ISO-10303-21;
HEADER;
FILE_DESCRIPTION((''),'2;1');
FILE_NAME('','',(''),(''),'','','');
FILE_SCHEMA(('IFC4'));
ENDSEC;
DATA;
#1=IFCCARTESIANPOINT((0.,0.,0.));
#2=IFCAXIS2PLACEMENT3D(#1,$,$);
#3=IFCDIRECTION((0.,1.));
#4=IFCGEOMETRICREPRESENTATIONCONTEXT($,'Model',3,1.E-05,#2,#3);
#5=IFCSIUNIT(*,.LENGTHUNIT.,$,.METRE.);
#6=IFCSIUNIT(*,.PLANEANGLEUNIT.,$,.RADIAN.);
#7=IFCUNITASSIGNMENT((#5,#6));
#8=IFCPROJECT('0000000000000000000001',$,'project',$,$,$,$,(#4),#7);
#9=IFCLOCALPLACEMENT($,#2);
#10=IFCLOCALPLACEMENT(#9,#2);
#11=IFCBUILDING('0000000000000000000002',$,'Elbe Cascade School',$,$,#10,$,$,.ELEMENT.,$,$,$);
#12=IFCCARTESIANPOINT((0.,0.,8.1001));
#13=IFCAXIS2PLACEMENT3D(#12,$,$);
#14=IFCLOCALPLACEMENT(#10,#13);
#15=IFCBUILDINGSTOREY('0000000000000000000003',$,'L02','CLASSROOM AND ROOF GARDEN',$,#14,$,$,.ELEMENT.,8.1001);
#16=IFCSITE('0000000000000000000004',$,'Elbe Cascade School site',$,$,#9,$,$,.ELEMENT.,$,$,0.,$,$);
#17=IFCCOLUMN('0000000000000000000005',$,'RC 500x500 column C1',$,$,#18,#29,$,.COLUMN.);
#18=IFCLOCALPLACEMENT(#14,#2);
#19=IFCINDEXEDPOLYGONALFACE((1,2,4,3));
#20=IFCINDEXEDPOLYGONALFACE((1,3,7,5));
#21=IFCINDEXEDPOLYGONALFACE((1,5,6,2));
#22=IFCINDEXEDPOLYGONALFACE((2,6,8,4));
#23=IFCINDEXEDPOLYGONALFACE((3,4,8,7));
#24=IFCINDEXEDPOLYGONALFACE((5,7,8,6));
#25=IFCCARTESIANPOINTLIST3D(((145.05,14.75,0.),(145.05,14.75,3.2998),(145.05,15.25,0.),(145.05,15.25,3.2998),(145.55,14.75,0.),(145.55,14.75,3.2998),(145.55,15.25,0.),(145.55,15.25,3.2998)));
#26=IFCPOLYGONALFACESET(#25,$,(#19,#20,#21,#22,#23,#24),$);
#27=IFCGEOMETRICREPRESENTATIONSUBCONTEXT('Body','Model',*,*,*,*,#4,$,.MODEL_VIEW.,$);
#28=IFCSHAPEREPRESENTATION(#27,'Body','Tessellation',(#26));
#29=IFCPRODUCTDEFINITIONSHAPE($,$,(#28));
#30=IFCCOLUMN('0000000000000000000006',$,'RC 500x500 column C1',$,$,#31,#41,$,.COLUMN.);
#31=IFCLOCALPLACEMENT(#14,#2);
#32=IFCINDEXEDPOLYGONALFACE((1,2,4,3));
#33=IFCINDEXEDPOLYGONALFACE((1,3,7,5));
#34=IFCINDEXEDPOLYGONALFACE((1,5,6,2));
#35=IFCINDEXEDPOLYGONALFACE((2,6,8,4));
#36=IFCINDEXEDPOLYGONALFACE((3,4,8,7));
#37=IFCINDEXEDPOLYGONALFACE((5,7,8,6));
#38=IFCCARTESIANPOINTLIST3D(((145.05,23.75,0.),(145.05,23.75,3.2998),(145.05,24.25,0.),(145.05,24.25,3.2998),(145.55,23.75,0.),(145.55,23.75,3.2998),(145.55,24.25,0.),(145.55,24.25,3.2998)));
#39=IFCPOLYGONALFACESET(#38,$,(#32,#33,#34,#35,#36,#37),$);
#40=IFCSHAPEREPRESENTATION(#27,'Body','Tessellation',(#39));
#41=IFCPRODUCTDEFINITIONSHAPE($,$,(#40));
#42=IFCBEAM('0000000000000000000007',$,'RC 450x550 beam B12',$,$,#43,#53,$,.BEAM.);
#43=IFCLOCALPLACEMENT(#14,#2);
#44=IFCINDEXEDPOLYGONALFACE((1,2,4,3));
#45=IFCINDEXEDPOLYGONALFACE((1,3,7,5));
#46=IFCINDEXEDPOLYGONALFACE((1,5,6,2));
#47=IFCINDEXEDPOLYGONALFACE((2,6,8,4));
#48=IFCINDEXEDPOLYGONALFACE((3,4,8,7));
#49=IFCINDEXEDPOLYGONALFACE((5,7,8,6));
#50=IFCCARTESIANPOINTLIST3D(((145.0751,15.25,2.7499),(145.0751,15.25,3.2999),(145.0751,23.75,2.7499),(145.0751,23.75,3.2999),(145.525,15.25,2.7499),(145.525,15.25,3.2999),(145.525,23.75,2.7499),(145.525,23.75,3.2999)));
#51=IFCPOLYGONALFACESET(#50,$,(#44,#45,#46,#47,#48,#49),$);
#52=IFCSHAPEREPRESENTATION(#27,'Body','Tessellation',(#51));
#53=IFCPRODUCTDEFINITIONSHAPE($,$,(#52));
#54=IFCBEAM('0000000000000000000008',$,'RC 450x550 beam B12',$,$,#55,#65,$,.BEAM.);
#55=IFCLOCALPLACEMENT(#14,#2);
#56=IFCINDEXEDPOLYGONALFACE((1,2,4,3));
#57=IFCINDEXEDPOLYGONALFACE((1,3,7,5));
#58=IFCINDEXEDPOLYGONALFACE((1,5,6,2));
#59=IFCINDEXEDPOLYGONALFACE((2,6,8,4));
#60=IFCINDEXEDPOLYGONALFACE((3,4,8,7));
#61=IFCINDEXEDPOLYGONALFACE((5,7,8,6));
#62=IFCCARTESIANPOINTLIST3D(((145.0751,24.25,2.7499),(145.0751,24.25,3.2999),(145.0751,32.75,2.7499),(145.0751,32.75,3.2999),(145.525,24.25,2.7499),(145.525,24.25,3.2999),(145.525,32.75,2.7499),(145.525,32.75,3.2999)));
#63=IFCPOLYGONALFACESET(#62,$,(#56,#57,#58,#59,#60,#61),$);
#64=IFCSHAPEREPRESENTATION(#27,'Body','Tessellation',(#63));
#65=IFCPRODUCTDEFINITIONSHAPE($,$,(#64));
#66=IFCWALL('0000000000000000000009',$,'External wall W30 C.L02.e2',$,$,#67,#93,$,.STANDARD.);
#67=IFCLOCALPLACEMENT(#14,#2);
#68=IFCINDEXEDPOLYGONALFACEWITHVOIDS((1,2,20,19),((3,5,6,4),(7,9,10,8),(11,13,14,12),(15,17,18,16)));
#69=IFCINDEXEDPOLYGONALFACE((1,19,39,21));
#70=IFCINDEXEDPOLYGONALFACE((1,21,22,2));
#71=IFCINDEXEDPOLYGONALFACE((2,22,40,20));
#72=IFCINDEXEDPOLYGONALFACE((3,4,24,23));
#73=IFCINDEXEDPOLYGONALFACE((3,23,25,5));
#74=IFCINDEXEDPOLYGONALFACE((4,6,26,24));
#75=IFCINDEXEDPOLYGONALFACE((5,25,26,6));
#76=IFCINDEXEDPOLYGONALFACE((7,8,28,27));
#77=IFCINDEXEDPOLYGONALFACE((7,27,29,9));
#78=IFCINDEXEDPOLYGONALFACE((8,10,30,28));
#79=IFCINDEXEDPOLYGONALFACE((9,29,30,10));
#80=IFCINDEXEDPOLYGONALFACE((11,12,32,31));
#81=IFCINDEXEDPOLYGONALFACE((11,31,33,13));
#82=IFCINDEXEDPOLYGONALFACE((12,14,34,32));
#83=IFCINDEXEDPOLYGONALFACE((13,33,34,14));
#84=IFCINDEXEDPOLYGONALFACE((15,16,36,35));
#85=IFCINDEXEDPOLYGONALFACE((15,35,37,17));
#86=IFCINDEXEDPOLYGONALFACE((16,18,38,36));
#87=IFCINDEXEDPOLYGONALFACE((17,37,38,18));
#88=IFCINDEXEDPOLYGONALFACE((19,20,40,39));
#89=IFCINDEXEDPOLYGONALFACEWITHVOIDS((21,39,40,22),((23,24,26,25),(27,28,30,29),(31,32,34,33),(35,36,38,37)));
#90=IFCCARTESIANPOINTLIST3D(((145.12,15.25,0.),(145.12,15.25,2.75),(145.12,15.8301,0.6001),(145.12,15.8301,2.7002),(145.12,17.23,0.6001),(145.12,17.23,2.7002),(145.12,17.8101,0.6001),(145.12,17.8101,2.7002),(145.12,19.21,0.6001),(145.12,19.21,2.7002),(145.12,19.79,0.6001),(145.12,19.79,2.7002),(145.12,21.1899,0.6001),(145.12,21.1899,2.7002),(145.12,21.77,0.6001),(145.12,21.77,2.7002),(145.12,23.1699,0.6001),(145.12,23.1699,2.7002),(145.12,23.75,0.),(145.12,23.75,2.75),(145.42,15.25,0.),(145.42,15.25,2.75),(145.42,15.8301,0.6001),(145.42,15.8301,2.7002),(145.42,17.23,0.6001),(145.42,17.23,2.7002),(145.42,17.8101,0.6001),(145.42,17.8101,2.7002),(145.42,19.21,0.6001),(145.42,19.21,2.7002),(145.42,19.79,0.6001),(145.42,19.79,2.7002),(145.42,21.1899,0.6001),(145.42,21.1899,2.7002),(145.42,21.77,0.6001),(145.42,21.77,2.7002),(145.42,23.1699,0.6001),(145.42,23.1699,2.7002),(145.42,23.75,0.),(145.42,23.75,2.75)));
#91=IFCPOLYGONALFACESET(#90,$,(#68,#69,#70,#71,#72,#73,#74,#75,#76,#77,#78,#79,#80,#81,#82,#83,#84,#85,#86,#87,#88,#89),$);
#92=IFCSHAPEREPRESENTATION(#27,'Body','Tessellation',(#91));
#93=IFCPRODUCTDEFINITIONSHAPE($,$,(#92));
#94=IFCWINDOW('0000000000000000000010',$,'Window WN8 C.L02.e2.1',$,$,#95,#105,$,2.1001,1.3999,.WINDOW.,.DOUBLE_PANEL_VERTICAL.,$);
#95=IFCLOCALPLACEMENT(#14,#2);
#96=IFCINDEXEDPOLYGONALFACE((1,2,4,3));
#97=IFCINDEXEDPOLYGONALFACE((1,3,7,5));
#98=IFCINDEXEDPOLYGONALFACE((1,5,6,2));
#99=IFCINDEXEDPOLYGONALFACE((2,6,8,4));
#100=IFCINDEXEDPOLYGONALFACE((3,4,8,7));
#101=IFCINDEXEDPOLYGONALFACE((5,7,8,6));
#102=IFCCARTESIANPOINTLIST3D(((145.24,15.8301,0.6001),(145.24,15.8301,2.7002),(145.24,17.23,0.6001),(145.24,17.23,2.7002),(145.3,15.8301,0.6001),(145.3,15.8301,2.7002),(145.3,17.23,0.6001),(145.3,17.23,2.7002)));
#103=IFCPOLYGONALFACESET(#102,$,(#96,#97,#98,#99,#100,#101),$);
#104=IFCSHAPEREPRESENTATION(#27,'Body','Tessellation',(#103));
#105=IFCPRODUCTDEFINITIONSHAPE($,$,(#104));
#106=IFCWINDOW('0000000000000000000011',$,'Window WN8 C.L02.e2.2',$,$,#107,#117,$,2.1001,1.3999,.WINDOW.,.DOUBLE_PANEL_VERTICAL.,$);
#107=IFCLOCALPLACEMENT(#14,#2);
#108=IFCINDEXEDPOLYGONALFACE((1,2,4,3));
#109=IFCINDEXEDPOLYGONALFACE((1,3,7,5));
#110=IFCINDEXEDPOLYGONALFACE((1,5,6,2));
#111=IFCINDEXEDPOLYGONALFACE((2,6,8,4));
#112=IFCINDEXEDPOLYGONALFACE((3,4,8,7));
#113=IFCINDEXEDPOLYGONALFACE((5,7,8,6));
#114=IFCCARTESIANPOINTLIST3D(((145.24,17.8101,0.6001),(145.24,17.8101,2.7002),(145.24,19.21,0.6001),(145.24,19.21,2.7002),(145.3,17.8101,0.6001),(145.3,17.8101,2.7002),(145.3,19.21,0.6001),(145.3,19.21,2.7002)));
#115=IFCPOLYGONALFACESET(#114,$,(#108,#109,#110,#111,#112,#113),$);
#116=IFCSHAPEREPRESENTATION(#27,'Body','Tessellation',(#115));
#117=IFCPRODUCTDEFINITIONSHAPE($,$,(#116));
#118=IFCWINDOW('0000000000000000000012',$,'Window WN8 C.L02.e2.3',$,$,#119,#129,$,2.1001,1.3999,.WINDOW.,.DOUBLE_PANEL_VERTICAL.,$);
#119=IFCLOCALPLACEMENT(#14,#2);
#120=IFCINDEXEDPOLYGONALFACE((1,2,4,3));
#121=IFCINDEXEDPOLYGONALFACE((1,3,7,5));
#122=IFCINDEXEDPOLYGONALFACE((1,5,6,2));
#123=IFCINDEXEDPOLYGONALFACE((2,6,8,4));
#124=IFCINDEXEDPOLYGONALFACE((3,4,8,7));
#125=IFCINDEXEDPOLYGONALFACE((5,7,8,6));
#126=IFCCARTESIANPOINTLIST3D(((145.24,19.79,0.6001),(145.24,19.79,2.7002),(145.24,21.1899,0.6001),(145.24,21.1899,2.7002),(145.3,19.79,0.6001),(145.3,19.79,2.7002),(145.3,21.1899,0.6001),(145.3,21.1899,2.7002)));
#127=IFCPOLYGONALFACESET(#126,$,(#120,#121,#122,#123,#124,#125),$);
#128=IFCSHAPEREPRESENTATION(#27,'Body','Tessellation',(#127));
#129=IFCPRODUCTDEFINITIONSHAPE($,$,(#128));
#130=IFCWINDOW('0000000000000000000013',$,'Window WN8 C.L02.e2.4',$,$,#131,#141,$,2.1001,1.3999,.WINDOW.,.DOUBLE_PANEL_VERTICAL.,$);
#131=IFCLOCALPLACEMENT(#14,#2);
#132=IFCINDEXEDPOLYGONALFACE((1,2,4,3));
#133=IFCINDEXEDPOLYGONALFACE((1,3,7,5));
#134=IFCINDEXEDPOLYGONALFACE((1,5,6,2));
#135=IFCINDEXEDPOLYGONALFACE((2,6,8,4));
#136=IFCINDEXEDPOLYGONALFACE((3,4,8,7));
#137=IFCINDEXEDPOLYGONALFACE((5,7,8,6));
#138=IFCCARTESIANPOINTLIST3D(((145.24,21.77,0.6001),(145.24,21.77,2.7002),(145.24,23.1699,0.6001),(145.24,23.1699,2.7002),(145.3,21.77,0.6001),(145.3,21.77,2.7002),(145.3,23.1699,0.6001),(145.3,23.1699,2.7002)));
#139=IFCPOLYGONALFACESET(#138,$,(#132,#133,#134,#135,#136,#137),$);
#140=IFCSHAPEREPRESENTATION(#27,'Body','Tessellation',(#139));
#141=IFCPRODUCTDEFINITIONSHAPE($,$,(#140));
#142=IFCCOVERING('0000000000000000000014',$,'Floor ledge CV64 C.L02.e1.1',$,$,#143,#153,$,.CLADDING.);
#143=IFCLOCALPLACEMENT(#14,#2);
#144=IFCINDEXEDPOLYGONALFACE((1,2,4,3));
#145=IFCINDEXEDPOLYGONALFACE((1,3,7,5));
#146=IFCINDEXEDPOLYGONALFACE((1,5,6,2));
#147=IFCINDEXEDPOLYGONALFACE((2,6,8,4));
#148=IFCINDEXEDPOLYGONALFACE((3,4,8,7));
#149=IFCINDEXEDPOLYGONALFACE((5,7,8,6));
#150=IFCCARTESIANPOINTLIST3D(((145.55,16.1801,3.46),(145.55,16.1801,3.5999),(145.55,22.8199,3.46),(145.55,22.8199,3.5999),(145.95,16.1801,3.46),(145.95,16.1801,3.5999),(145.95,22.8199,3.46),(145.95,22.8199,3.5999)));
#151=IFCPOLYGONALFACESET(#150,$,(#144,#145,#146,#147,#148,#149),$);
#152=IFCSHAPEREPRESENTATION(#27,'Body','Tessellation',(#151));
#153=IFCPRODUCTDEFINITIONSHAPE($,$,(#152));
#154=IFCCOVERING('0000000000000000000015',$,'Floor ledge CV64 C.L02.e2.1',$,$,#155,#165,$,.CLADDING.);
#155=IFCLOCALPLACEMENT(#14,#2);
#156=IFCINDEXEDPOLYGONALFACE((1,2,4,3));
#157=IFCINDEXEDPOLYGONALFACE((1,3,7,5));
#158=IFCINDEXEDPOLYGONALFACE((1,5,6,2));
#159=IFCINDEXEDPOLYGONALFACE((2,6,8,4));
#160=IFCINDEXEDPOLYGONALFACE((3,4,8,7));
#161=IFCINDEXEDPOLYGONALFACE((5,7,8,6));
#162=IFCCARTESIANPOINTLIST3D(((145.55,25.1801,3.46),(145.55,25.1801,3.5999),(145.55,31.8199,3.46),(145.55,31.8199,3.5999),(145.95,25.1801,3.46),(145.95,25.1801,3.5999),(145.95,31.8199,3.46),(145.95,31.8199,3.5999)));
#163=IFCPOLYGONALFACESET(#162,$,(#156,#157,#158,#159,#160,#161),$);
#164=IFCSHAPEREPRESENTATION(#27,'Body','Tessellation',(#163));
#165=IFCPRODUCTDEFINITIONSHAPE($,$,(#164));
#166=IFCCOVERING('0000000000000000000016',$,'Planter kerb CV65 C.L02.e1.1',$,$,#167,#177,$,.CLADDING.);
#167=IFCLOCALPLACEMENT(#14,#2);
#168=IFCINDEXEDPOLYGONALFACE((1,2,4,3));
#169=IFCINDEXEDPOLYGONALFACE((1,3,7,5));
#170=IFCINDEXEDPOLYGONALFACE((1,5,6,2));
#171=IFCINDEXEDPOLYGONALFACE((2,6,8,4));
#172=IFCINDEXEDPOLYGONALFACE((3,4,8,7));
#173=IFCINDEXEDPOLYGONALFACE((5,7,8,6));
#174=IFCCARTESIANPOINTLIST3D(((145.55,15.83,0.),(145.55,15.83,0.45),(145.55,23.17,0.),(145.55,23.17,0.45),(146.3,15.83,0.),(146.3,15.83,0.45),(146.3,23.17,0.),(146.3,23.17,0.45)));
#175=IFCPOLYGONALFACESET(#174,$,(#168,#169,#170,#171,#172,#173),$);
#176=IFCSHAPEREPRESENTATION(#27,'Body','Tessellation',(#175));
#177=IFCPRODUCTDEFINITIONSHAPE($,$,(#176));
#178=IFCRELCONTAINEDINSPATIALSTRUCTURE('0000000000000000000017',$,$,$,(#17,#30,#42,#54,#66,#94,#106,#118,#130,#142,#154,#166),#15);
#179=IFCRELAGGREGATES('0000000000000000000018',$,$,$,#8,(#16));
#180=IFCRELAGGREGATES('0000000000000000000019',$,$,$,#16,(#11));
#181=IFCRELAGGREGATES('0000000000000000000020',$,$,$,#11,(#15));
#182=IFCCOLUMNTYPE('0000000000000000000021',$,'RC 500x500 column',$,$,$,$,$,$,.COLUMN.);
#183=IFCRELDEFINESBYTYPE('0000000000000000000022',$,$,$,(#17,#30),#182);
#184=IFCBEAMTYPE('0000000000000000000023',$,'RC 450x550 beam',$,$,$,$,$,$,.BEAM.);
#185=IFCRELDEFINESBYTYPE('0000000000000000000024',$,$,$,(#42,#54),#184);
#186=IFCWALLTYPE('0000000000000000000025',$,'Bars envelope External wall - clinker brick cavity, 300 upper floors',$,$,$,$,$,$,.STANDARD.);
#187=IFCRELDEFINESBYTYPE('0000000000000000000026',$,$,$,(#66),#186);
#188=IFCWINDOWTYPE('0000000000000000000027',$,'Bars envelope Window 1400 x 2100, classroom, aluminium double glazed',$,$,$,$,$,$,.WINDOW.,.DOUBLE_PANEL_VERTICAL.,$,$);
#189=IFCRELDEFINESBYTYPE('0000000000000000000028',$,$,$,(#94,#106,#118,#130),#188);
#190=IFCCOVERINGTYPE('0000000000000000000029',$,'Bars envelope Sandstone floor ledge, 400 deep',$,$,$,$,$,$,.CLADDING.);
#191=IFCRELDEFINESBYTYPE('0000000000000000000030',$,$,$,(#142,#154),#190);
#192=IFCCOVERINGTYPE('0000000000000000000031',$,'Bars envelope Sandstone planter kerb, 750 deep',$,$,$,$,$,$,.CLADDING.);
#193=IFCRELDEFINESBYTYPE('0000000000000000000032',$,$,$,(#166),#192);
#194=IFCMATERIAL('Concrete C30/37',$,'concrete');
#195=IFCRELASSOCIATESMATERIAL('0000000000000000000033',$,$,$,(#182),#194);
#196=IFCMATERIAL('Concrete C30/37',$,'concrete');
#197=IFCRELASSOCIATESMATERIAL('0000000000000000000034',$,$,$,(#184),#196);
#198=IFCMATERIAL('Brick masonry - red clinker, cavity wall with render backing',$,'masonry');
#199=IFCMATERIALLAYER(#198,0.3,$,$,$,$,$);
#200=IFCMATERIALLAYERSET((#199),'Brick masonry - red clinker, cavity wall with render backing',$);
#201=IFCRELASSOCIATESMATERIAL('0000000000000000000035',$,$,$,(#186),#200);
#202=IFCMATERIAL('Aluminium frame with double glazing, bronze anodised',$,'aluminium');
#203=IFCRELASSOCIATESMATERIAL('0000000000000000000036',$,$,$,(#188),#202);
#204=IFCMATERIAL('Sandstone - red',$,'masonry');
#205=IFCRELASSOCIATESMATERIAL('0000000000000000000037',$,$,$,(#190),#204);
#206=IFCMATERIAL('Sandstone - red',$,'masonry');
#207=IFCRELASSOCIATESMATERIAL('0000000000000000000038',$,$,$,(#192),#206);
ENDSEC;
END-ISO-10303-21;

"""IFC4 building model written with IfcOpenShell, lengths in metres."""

from ifc_helpers import new_model, si_unit, direction, frame, frame_2d, origin, origin_2d, place, context, subcontext, project, spatial, rectangle, extrude, material, layer, layer_set, material_profile, profile_set, type_object, element, fill, save


model = new_model("IFC4")

# Units and contexts
model_context = context("Model", 3, precision=1e-05, world=origin(), true_north=direction((0.0, 1.0)))
body_context = subcontext(model_context, "Body", "Model", "MODEL_VIEW")
ifc_project = project(units=[si_unit("LENGTHUNIT", "METRE"), si_unit("PLANEANGLEUNIT", "RADIAN")], contexts=[model_context])

# Site, building, storey
site_placement = place(None, origin())
site = spatial("IfcSite", under=ifc_project, at=site_placement, Name="Elbe Cascade School site", CompositionType="ELEMENT", RefElevation=0.0)
building_placement = place(site_placement, origin())
building = spatial("IfcBuilding", under=site, at=building_placement, Name="Elbe Cascade School", CompositionType="ELEMENT")
storey_placement = place(building_placement, frame((0.0, 0.0, 8.1001)))
storey = spatial("IfcBuildingStorey", under=building, at=storey_placement, Name="L02", Description="CLASSROOM AND ROOF GARDEN", CompositionType="ELEMENT", Elevation=8.1001)

# Columns
ifc_material_1 = material(Name="Concrete C30/37", Category="concrete")
ifc_material_profile_1 = material_profile(ifc_material_1, rectangle(XDim=0.5, YDim=0.5, at=origin_2d()), Name="RC 500x500")
ifc_profile_set_1 = profile_set([ifc_material_profile_1], Name="Concrete C30/37")
column_type = type_object("IfcColumnType", Name="RC 500x500 column", PredefinedType="COLUMN", material=ifc_profile_set_1)
for number, where, z_axis, x_axis, name in (
    (1, (145.3, 15.0, 0.0), (0.0, 0.0, 1.0), (1.0, 0.0, 0.0), "RC 500x500 column C1"),
    (2, (145.3, 24.0, 0.0), (0.0, 0.0, 1.0), (1.0, 0.0, 0.0), "RC 500x500 column C1"),
):
    element("IfcColumn", number, at=place(storey_placement, frame(where, z_axis=z_axis, x_axis=x_axis)), inside=storey, type_object=column_type, Name=name, PredefinedType="COLUMN", context=body_context, shape_type="SweptSolid", body=[
        extrude(rectangle(XDim=0.5, YDim=0.5, at=origin_2d()), origin(), (0.0, 0.0, 1.0), 3.2998),
    ])

# Beams
ifc_material_2 = material(Name="Concrete C30/37", Category="concrete")
ifc_material_profile_2 = material_profile(ifc_material_2, rectangle(XDim=0.45, YDim=0.55, at=origin_2d()), Name="RC 450x550")
ifc_profile_set_2 = profile_set([ifc_material_profile_2], Name="Concrete C30/37")
beam_type = type_object("IfcBeamType", Name="RC 450x550 beam", PredefinedType="BEAM", material=ifc_profile_set_2)
for number, where, z_axis, x_axis, name in (
    (3, (145.3, 15.25, 3.0249), (0.0, 1.0, 0.0), (-1.0, 0.0, 0.0), "RC 450x550 beam B12"),
    (4, (145.3, 24.25, 3.0249), (0.0, 1.0, 0.0), (-1.0, 0.0, 0.0), "RC 450x550 beam B12"),
):
    element("IfcBeam", number, at=place(storey_placement, frame(where, z_axis=z_axis, x_axis=x_axis)), inside=storey, type_object=beam_type, Name=name, PredefinedType="BEAM", context=body_context, shape_type="SweptSolid", body=[
        extrude(rectangle(XDim=0.45, YDim=0.55, at=origin_2d()), origin(), (0.0, 0.0, 1.0), 8.5),
    ])

# Wall, openings, windows
ifc_material_3 = material(Name="Brick masonry - red clinker, cavity wall with render backing", Category="masonry")
ifc_layer = layer(ifc_material_3, 0.3)
ifc_layer_set = layer_set([ifc_layer], Name="Brick masonry - red clinker, cavity wall with render backing")
wall_type = type_object("IfcWallType", Name="Bars envelope External wall - clinker brick cavity, 300 upper floors", PredefinedType="STANDARD", material=ifc_layer_set)
wall_placement = place(storey_placement, frame((145.27, 23.75, 0.0), z_axis=(0.0, 0.0, 1.0), x_axis=(0.0, -1.0, 0.0)))
wall = element("IfcWall", 5, at=wall_placement, inside=storey, type_object=wall_type, Name="External wall W30 C.L02.e2", PredefinedType="STANDARD", context=body_context, shape_type="SweptSolid", body=[
    extrude(rectangle(XDim=8.5, YDim=0.3, at=frame_2d((4.25, 0.0))), origin(), (0.0, 0.0, 1.0), 2.75),
])
opening_1_placement = place(wall_placement, frame((6.52, 0.0, 0.6001)))
opening_1 = element("IfcOpeningElement", 6, at=opening_1_placement, cuts=wall, PredefinedType="OPENING", context=body_context, shape_type="SweptSolid", body=[
    extrude(rectangle(XDim=1.3999, YDim=2.1001, at=frame_2d((0.7, 1.05))), frame((0.0, 0.1599, 0.0), z_axis=(0.0, -1.0, 0.0), x_axis=(1.0, 0.0, 0.0)), (0.0, 0.0, 1.0), 0.3201),
])
opening_2_placement = place(wall_placement, frame((4.54, 0.0, 0.6001)))
opening_2 = element("IfcOpeningElement", 7, at=opening_2_placement, cuts=wall, PredefinedType="OPENING", context=body_context, shape_type="SweptSolid", body=[
    extrude(rectangle(XDim=1.3999, YDim=2.1001, at=frame_2d((0.7, 1.05))), frame((0.0, 0.1599, 0.0), z_axis=(0.0, -1.0, 0.0), x_axis=(1.0, 0.0, 0.0)), (0.0, 0.0, 1.0), 0.3201),
])
opening_3_placement = place(wall_placement, frame((2.5601, 0.0, 0.6001)))
opening_3 = element("IfcOpeningElement", 8, at=opening_3_placement, cuts=wall, PredefinedType="OPENING", context=body_context, shape_type="SweptSolid", body=[
    extrude(rectangle(XDim=1.3999, YDim=2.1001, at=frame_2d((0.7, 1.05))), frame((0.0, 0.1599, 0.0), z_axis=(0.0, -1.0, 0.0), x_axis=(1.0, 0.0, 0.0)), (0.0, 0.0, 1.0), 0.3201),
])
opening_4_placement = place(wall_placement, frame((0.5801, 0.0, 0.6001)))
opening_4 = element("IfcOpeningElement", 9, at=opening_4_placement, cuts=wall, PredefinedType="OPENING", context=body_context, shape_type="SweptSolid", body=[
    extrude(rectangle(XDim=1.3999, YDim=2.1001, at=frame_2d((0.7, 1.05))), frame((0.0, 0.1599, 0.0), z_axis=(0.0, -1.0, 0.0), x_axis=(1.0, 0.0, 0.0)), (0.0, 0.0, 1.0), 0.3201),
])
ifc_material_4 = material(Name="Aluminium frame with double glazing, bronze anodised", Category="aluminium")
window_type = type_object("IfcWindowType", Name="Bars envelope Window 1400 x 2100, classroom, aluminium double glazed", PartitioningType="DOUBLE_PANEL_VERTICAL", PredefinedType="WINDOW", material=ifc_material_4)
window_1_placement = place(opening_1_placement, origin())
window_1 = element("IfcWindow", 10, at=window_1_placement, inside=storey, type_object=window_type, Name="Window WN8 C.L02.e2.1", OverallHeight=2.1001, OverallWidth=1.3999, PartitioningType="DOUBLE_PANEL_VERTICAL", PredefinedType="WINDOW", context=body_context, shape_type="SweptSolid", body=[
    extrude(rectangle(XDim=1.3999, YDim=2.1001, at=frame_2d((0.7, 1.05))), frame((0.0, 0.03, 0.0), z_axis=(0.0, -1.0, 0.0), x_axis=(1.0, 0.0, 0.0)), (0.0, 0.0, 1.0), 0.0601),
])
fill(opening_1, window_1)
window_2_placement = place(opening_2_placement, origin())
window_2 = element("IfcWindow", 11, at=window_2_placement, inside=storey, type_object=window_type, Name="Window WN8 C.L02.e2.2", OverallHeight=2.1001, OverallWidth=1.3999, PartitioningType="DOUBLE_PANEL_VERTICAL", PredefinedType="WINDOW", context=body_context, shape_type="SweptSolid", body=[
    extrude(rectangle(XDim=1.3999, YDim=2.1001, at=frame_2d((0.7, 1.05))), frame((0.0, 0.03, 0.0), z_axis=(0.0, -1.0, 0.0), x_axis=(1.0, 0.0, 0.0)), (0.0, 0.0, 1.0), 0.0601),
])
fill(opening_2, window_2)
window_3_placement = place(opening_3_placement, origin())
window_3 = element("IfcWindow", 12, at=window_3_placement, inside=storey, type_object=window_type, Name="Window WN8 C.L02.e2.3", OverallHeight=2.1001, OverallWidth=1.3999, PartitioningType="DOUBLE_PANEL_VERTICAL", PredefinedType="WINDOW", context=body_context, shape_type="SweptSolid", body=[
    extrude(rectangle(XDim=1.3999, YDim=2.1001, at=frame_2d((0.7, 1.05))), frame((0.0, 0.03, 0.0), z_axis=(0.0, -1.0, 0.0), x_axis=(1.0, 0.0, 0.0)), (0.0, 0.0, 1.0), 0.0601),
])
fill(opening_3, window_3)
window_4_placement = place(opening_4_placement, origin())
window_4 = element("IfcWindow", 13, at=window_4_placement, inside=storey, type_object=window_type, Name="Window WN8 C.L02.e2.4", OverallHeight=2.1001, OverallWidth=1.3999, PartitioningType="DOUBLE_PANEL_VERTICAL", PredefinedType="WINDOW", context=body_context, shape_type="SweptSolid", body=[
    extrude(rectangle(XDim=1.3999, YDim=2.1001, at=frame_2d((0.7, 1.05))), frame((0.0, 0.03, 0.0), z_axis=(0.0, -1.0, 0.0), x_axis=(1.0, 0.0, 0.0)), (0.0, 0.0, 1.0), 0.0601),
])
fill(opening_4, window_4)

# Coverings
ifc_material_5 = material(Name="Sandstone - red", Category="masonry")
covering_type_1 = type_object("IfcCoveringType", Name="Bars envelope Sandstone floor ledge, 400 deep", PredefinedType="CLADDING", material=ifc_material_5)
for number, where, z_axis, x_axis, name in (
    (14, (145.75, 19.5, 3.46), (0.0, 0.0, 1.0), (0.0, 1.0, 0.0), "Floor ledge CV64 C.L02.e1.1"),
    (15, (145.75, 28.5, 3.46), (0.0, 0.0, 1.0), (0.0, 1.0, 0.0), "Floor ledge CV64 C.L02.e2.1"),
):
    element("IfcCovering", number, at=place(storey_placement, frame(where, z_axis=z_axis, x_axis=x_axis)), inside=storey, type_object=covering_type_1, Name=name, PredefinedType="CLADDING", context=body_context, shape_type="SweptSolid", body=[
        extrude(rectangle(XDim=6.6399, YDim=0.3999, at=origin_2d()), origin(), (0.0, 0.0, 1.0), 0.1399),
    ])
ifc_material_6 = material(Name="Sandstone - red", Category="masonry")
covering_type_2 = type_object("IfcCoveringType", Name="Bars envelope Sandstone planter kerb, 750 deep", PredefinedType="CLADDING", material=ifc_material_6)
for number, where, z_axis, x_axis, name in (
    (16, (145.925, 19.5, 0.0), (0.0, 0.0, 1.0), (0.0, 1.0, 0.0), "Planter kerb CV65 C.L02.e1.1"),
):
    element("IfcCovering", number, at=place(storey_placement, frame(where, z_axis=z_axis, x_axis=x_axis)), inside=storey, type_object=covering_type_2, Name=name, PredefinedType="CLADDING", context=body_context, shape_type="SweptSolid", body=[
        extrude(rectangle(XDim=7.3401, YDim=0.75, at=origin_2d()), origin(), (0.0, 0.0, 1.0), 0.45),
    ])

save(model, "model.ifc")
